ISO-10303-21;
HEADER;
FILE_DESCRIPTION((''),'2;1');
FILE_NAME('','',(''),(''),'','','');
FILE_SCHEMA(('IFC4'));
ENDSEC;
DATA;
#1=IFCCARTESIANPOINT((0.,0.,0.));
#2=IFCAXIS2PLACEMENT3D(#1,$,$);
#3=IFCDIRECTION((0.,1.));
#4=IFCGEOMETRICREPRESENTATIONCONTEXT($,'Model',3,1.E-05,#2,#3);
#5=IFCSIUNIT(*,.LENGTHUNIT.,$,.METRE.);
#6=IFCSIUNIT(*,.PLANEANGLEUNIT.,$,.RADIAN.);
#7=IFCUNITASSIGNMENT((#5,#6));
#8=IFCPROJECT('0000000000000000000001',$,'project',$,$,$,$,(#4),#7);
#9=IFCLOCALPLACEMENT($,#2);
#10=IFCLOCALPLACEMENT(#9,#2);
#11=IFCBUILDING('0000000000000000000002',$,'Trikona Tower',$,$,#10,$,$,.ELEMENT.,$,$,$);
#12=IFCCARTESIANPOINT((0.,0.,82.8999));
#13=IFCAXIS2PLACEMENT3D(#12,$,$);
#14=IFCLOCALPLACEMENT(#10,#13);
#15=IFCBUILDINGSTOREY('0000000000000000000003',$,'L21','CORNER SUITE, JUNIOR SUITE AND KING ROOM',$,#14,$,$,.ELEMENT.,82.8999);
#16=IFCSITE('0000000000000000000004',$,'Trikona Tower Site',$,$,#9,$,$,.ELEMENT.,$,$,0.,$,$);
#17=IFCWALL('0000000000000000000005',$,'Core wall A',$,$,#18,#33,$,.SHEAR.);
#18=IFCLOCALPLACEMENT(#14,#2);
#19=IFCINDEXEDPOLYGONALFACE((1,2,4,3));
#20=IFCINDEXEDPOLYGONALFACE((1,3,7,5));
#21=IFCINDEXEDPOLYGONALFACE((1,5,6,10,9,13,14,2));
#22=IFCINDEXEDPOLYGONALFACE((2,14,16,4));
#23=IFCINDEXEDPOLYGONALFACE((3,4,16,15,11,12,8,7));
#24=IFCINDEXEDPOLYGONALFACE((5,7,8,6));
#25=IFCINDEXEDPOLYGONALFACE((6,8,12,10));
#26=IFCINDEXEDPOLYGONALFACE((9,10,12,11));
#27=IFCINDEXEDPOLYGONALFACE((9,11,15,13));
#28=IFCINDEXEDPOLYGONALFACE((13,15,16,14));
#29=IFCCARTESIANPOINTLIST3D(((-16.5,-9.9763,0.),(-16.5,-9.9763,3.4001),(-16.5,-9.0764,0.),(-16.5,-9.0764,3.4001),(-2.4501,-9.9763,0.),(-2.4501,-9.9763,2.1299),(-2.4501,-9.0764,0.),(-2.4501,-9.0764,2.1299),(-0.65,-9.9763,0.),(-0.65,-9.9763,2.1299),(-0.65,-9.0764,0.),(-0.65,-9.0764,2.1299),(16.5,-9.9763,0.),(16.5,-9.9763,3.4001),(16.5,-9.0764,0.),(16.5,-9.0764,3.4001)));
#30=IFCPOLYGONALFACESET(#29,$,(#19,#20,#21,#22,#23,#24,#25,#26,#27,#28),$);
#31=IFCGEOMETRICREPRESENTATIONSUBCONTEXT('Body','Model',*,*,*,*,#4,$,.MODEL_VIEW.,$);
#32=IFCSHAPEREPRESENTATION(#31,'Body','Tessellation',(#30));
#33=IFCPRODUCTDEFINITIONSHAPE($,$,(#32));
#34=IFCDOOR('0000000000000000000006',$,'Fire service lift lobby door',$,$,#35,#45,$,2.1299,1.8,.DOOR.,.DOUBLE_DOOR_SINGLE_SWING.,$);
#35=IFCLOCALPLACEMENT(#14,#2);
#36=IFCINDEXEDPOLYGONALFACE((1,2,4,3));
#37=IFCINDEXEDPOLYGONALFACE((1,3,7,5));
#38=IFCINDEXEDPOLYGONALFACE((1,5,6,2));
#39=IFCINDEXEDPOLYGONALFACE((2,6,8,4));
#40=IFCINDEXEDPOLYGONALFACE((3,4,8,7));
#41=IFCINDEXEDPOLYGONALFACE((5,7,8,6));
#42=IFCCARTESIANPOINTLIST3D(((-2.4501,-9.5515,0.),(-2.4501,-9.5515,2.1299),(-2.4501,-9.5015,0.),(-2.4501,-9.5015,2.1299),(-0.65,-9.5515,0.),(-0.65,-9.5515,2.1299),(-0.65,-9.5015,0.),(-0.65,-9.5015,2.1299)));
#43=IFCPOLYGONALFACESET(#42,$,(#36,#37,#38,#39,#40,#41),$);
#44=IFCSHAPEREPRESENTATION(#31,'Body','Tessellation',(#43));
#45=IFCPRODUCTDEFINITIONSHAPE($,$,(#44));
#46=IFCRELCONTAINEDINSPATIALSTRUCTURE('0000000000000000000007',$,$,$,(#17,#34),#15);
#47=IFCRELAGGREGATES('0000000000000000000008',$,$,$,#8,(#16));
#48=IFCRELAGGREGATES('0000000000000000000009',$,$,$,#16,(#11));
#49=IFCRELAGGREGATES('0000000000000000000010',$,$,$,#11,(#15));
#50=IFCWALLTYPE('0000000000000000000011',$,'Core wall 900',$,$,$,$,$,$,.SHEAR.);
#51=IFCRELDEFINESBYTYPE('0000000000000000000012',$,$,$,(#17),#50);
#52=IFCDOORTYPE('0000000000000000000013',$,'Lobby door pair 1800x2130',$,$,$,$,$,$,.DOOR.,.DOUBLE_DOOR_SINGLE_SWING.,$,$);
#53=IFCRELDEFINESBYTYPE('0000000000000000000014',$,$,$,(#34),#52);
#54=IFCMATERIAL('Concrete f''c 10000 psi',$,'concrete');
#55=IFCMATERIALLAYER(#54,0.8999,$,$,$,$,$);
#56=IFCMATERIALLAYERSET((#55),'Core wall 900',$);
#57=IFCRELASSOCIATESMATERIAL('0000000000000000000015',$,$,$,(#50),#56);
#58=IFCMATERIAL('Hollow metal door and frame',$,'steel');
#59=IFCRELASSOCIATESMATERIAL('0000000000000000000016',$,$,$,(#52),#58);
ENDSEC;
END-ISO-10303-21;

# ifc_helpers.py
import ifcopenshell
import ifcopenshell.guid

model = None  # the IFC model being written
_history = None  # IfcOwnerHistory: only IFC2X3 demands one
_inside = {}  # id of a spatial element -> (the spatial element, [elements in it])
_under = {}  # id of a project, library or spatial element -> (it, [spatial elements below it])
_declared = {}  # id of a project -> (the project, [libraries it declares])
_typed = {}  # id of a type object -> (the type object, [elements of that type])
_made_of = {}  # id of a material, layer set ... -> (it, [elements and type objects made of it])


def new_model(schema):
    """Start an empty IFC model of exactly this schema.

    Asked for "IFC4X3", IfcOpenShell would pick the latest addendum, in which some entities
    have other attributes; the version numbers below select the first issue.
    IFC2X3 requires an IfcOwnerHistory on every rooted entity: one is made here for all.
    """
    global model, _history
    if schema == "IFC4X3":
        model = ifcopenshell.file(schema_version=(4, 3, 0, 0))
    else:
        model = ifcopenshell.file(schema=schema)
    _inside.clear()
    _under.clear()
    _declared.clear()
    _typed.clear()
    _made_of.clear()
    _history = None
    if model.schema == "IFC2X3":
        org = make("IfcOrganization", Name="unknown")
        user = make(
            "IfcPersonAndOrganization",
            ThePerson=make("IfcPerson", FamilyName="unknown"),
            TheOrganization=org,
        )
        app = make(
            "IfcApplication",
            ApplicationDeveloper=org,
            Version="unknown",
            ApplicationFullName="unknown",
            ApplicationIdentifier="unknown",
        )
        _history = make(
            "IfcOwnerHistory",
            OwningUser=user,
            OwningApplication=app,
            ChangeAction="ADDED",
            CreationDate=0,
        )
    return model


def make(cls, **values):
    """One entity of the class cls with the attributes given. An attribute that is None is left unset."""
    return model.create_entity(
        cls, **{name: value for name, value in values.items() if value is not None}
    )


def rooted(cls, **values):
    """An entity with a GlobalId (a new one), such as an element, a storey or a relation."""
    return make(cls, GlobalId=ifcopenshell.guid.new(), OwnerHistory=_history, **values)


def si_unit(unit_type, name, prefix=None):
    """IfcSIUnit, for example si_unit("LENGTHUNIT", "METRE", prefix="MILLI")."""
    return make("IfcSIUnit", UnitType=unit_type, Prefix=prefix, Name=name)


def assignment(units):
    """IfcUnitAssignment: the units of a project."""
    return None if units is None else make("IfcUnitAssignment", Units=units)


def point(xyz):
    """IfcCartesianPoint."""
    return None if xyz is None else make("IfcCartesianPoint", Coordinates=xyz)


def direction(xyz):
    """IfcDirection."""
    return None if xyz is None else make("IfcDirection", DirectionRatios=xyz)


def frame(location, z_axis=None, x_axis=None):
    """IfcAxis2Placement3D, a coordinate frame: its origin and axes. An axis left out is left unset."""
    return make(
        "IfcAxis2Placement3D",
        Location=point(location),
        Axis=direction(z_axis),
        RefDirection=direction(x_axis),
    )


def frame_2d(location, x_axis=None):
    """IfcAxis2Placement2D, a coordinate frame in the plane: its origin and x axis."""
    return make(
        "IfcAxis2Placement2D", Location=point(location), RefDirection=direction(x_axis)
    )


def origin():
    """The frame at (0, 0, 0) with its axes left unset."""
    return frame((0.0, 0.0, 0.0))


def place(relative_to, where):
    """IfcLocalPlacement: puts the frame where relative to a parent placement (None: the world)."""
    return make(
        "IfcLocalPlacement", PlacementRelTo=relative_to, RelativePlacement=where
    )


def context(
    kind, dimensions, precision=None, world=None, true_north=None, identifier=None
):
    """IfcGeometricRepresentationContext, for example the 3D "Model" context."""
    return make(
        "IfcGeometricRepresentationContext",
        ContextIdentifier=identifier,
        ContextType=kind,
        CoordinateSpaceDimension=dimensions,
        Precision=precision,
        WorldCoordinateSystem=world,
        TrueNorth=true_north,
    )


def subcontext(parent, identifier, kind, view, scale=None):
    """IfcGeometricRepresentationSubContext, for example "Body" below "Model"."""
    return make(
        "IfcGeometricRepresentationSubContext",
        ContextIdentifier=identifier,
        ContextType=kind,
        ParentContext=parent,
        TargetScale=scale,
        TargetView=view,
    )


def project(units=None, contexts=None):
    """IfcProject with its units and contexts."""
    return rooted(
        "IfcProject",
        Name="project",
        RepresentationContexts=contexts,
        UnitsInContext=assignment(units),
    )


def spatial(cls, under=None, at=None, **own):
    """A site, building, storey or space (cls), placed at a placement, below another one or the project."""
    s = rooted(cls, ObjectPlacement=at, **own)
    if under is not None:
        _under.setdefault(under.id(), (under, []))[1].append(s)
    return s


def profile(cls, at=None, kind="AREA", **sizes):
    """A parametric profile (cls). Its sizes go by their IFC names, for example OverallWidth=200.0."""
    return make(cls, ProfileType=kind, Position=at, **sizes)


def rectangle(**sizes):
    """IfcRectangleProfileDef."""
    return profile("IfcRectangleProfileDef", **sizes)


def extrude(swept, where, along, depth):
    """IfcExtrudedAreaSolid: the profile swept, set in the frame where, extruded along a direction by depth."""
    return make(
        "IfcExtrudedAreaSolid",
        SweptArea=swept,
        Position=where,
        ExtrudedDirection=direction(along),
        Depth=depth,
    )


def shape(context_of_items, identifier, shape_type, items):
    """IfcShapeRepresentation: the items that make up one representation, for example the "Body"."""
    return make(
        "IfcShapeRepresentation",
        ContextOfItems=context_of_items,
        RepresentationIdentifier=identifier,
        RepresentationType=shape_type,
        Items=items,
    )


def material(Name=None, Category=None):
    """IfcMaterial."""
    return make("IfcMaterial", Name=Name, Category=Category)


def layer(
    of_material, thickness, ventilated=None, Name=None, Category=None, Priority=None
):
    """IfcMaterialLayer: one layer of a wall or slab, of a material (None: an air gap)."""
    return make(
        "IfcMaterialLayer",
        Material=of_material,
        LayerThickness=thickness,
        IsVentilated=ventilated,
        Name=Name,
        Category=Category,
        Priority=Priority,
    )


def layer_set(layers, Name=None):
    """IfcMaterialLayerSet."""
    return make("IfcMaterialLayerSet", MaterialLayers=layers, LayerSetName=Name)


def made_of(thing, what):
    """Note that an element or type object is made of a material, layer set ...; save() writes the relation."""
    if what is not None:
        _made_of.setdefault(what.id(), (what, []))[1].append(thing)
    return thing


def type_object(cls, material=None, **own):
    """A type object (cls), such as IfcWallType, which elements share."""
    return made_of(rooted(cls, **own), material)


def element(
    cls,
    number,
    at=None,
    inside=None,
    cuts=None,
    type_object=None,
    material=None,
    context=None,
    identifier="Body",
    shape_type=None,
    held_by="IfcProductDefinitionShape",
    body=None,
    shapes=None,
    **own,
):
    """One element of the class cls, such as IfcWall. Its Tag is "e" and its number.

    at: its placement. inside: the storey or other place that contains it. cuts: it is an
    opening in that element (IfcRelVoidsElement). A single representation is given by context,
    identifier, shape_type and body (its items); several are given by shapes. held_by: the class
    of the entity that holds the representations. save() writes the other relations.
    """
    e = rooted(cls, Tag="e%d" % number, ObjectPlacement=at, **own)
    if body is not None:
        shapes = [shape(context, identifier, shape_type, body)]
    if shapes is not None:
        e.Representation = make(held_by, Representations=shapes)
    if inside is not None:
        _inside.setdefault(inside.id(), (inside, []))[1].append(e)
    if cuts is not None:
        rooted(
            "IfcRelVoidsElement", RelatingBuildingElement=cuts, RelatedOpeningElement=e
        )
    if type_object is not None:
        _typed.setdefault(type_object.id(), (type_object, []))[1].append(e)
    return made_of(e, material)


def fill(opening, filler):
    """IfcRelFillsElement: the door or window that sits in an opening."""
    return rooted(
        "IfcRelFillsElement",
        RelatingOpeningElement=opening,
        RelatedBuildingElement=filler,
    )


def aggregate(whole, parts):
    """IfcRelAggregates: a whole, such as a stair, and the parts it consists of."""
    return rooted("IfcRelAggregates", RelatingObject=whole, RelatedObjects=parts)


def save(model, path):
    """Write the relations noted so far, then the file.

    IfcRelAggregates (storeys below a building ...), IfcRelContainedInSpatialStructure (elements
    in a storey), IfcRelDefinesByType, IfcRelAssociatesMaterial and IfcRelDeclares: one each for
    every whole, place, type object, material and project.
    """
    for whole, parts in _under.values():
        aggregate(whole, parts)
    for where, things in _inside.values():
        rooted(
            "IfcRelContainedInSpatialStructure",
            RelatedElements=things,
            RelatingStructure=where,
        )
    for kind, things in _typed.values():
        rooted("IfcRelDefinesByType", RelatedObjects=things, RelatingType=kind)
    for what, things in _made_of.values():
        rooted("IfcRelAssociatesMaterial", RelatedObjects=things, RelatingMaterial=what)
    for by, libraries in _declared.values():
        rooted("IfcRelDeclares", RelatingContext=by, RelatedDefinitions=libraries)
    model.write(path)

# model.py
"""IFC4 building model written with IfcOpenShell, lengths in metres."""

from ifc_helpers import new_model, si_unit, direction, frame, frame_2d, origin, place, context, subcontext, project, spatial, rectangle, extrude, material, layer, layer_set, type_object, element, fill, save


model = new_model("IFC4")

# Units and contexts
model_context = context("Model", 3, precision=1e-05, world=origin(), true_north=direction((0.0, 1.0)))
body_context = subcontext(model_context, "Body", "Model", "MODEL_VIEW")
ifc_project = project(units=[si_unit("LENGTHUNIT", "METRE"), si_unit("PLANEANGLEUNIT", "RADIAN")], contexts=[model_context])

# Site, building, storey
site_placement = place(None, origin())
site = spatial("IfcSite", under=ifc_project, at=site_placement, Name="Trikona Tower Site", CompositionType="ELEMENT", RefElevation=0.0)
building_placement = place(site_placement, origin())
building = spatial("IfcBuilding", under=site, at=building_placement, Name="Trikona Tower", CompositionType="ELEMENT")
storey_placement = place(building_placement, frame((0.0, 0.0, 82.8999)))
storey = spatial("IfcBuildingStorey", under=building, at=storey_placement, Name="L21", Description="CORNER SUITE, JUNIOR SUITE AND KING ROOM", CompositionType="ELEMENT", Elevation=82.8999)

# Wall, opening, door
ifc_material_1 = material(Name="Concrete f'c 10000 psi", Category="concrete")
ifc_layer_1 = layer(ifc_material_1, 0.8999)
ifc_layer_set_1 = layer_set([ifc_layer_1], Name="Core wall 900")
wall_type_1 = type_object("IfcWallType", Name="Core wall 900", PredefinedType="SHEAR", material=ifc_layer_set_1)
wall_1_placement = place(storey_placement, frame((-16.5, -9.5264, 0.0), z_axis=(0.0, 0.0, 1.0), x_axis=(1.0, 0.0, 0.0)))
wall_1 = element("IfcWall", 1, at=wall_1_placement, inside=storey, type_object=wall_type_1, Name="Core wall A", PredefinedType="SHEAR", context=body_context, shape_type="SweptSolid", body=[
    extrude(rectangle(XDim=33.0, YDim=0.8999, at=frame_2d((16.5, 0.0))), origin(), (0.0, 0.0, 1.0), 3.4001),
])
opening_1_placement = place(wall_1_placement, frame((14.05, 0.0, 0.0)))
opening_1 = element("IfcOpeningElement", 2, at=opening_1_placement, cuts=wall_1, PredefinedType="OPENING", context=body_context, shape_type="SweptSolid", body=[
    extrude(rectangle(XDim=1.8, YDim=2.1299, at=frame_2d((0.8999, 1.0649))), frame((0.0, 0.46, 0.0), z_axis=(0.0, -1.0, 0.0), x_axis=(1.0, 0.0, 0.0)), (0.0, 0.0, 1.0), 0.9199),
])
ifc_material_2 = material(Name="Hollow metal door and frame", Category="steel")
door_type_1 = type_object("IfcDoorType", Name="Lobby door pair 1800x2130", OperationType="DOUBLE_DOOR_SINGLE_SWING", PredefinedType="DOOR", material=ifc_material_2)
door_1_placement = place(opening_1_placement, origin())
door_1 = element("IfcDoor", 3, at=door_1_placement, inside=storey, type_object=door_type_1, Name="Fire service lift lobby door", OperationType="DOUBLE_DOOR_SINGLE_SWING", OverallHeight=2.1299, OverallWidth=1.8, PredefinedType="DOOR", context=body_context, shape_type="SweptSolid", body=[
    extrude(rectangle(XDim=1.8, YDim=2.1299, at=frame_2d((0.8999, 1.0649))), frame((0.0, 0.0249, 0.0), z_axis=(0.0, -1.0, 0.0), x_axis=(1.0, 0.0, 0.0)), (0.0, 0.0, 1.0), 0.05),
])
fill(opening_1, door_1)

save(model, "model.ifc")
